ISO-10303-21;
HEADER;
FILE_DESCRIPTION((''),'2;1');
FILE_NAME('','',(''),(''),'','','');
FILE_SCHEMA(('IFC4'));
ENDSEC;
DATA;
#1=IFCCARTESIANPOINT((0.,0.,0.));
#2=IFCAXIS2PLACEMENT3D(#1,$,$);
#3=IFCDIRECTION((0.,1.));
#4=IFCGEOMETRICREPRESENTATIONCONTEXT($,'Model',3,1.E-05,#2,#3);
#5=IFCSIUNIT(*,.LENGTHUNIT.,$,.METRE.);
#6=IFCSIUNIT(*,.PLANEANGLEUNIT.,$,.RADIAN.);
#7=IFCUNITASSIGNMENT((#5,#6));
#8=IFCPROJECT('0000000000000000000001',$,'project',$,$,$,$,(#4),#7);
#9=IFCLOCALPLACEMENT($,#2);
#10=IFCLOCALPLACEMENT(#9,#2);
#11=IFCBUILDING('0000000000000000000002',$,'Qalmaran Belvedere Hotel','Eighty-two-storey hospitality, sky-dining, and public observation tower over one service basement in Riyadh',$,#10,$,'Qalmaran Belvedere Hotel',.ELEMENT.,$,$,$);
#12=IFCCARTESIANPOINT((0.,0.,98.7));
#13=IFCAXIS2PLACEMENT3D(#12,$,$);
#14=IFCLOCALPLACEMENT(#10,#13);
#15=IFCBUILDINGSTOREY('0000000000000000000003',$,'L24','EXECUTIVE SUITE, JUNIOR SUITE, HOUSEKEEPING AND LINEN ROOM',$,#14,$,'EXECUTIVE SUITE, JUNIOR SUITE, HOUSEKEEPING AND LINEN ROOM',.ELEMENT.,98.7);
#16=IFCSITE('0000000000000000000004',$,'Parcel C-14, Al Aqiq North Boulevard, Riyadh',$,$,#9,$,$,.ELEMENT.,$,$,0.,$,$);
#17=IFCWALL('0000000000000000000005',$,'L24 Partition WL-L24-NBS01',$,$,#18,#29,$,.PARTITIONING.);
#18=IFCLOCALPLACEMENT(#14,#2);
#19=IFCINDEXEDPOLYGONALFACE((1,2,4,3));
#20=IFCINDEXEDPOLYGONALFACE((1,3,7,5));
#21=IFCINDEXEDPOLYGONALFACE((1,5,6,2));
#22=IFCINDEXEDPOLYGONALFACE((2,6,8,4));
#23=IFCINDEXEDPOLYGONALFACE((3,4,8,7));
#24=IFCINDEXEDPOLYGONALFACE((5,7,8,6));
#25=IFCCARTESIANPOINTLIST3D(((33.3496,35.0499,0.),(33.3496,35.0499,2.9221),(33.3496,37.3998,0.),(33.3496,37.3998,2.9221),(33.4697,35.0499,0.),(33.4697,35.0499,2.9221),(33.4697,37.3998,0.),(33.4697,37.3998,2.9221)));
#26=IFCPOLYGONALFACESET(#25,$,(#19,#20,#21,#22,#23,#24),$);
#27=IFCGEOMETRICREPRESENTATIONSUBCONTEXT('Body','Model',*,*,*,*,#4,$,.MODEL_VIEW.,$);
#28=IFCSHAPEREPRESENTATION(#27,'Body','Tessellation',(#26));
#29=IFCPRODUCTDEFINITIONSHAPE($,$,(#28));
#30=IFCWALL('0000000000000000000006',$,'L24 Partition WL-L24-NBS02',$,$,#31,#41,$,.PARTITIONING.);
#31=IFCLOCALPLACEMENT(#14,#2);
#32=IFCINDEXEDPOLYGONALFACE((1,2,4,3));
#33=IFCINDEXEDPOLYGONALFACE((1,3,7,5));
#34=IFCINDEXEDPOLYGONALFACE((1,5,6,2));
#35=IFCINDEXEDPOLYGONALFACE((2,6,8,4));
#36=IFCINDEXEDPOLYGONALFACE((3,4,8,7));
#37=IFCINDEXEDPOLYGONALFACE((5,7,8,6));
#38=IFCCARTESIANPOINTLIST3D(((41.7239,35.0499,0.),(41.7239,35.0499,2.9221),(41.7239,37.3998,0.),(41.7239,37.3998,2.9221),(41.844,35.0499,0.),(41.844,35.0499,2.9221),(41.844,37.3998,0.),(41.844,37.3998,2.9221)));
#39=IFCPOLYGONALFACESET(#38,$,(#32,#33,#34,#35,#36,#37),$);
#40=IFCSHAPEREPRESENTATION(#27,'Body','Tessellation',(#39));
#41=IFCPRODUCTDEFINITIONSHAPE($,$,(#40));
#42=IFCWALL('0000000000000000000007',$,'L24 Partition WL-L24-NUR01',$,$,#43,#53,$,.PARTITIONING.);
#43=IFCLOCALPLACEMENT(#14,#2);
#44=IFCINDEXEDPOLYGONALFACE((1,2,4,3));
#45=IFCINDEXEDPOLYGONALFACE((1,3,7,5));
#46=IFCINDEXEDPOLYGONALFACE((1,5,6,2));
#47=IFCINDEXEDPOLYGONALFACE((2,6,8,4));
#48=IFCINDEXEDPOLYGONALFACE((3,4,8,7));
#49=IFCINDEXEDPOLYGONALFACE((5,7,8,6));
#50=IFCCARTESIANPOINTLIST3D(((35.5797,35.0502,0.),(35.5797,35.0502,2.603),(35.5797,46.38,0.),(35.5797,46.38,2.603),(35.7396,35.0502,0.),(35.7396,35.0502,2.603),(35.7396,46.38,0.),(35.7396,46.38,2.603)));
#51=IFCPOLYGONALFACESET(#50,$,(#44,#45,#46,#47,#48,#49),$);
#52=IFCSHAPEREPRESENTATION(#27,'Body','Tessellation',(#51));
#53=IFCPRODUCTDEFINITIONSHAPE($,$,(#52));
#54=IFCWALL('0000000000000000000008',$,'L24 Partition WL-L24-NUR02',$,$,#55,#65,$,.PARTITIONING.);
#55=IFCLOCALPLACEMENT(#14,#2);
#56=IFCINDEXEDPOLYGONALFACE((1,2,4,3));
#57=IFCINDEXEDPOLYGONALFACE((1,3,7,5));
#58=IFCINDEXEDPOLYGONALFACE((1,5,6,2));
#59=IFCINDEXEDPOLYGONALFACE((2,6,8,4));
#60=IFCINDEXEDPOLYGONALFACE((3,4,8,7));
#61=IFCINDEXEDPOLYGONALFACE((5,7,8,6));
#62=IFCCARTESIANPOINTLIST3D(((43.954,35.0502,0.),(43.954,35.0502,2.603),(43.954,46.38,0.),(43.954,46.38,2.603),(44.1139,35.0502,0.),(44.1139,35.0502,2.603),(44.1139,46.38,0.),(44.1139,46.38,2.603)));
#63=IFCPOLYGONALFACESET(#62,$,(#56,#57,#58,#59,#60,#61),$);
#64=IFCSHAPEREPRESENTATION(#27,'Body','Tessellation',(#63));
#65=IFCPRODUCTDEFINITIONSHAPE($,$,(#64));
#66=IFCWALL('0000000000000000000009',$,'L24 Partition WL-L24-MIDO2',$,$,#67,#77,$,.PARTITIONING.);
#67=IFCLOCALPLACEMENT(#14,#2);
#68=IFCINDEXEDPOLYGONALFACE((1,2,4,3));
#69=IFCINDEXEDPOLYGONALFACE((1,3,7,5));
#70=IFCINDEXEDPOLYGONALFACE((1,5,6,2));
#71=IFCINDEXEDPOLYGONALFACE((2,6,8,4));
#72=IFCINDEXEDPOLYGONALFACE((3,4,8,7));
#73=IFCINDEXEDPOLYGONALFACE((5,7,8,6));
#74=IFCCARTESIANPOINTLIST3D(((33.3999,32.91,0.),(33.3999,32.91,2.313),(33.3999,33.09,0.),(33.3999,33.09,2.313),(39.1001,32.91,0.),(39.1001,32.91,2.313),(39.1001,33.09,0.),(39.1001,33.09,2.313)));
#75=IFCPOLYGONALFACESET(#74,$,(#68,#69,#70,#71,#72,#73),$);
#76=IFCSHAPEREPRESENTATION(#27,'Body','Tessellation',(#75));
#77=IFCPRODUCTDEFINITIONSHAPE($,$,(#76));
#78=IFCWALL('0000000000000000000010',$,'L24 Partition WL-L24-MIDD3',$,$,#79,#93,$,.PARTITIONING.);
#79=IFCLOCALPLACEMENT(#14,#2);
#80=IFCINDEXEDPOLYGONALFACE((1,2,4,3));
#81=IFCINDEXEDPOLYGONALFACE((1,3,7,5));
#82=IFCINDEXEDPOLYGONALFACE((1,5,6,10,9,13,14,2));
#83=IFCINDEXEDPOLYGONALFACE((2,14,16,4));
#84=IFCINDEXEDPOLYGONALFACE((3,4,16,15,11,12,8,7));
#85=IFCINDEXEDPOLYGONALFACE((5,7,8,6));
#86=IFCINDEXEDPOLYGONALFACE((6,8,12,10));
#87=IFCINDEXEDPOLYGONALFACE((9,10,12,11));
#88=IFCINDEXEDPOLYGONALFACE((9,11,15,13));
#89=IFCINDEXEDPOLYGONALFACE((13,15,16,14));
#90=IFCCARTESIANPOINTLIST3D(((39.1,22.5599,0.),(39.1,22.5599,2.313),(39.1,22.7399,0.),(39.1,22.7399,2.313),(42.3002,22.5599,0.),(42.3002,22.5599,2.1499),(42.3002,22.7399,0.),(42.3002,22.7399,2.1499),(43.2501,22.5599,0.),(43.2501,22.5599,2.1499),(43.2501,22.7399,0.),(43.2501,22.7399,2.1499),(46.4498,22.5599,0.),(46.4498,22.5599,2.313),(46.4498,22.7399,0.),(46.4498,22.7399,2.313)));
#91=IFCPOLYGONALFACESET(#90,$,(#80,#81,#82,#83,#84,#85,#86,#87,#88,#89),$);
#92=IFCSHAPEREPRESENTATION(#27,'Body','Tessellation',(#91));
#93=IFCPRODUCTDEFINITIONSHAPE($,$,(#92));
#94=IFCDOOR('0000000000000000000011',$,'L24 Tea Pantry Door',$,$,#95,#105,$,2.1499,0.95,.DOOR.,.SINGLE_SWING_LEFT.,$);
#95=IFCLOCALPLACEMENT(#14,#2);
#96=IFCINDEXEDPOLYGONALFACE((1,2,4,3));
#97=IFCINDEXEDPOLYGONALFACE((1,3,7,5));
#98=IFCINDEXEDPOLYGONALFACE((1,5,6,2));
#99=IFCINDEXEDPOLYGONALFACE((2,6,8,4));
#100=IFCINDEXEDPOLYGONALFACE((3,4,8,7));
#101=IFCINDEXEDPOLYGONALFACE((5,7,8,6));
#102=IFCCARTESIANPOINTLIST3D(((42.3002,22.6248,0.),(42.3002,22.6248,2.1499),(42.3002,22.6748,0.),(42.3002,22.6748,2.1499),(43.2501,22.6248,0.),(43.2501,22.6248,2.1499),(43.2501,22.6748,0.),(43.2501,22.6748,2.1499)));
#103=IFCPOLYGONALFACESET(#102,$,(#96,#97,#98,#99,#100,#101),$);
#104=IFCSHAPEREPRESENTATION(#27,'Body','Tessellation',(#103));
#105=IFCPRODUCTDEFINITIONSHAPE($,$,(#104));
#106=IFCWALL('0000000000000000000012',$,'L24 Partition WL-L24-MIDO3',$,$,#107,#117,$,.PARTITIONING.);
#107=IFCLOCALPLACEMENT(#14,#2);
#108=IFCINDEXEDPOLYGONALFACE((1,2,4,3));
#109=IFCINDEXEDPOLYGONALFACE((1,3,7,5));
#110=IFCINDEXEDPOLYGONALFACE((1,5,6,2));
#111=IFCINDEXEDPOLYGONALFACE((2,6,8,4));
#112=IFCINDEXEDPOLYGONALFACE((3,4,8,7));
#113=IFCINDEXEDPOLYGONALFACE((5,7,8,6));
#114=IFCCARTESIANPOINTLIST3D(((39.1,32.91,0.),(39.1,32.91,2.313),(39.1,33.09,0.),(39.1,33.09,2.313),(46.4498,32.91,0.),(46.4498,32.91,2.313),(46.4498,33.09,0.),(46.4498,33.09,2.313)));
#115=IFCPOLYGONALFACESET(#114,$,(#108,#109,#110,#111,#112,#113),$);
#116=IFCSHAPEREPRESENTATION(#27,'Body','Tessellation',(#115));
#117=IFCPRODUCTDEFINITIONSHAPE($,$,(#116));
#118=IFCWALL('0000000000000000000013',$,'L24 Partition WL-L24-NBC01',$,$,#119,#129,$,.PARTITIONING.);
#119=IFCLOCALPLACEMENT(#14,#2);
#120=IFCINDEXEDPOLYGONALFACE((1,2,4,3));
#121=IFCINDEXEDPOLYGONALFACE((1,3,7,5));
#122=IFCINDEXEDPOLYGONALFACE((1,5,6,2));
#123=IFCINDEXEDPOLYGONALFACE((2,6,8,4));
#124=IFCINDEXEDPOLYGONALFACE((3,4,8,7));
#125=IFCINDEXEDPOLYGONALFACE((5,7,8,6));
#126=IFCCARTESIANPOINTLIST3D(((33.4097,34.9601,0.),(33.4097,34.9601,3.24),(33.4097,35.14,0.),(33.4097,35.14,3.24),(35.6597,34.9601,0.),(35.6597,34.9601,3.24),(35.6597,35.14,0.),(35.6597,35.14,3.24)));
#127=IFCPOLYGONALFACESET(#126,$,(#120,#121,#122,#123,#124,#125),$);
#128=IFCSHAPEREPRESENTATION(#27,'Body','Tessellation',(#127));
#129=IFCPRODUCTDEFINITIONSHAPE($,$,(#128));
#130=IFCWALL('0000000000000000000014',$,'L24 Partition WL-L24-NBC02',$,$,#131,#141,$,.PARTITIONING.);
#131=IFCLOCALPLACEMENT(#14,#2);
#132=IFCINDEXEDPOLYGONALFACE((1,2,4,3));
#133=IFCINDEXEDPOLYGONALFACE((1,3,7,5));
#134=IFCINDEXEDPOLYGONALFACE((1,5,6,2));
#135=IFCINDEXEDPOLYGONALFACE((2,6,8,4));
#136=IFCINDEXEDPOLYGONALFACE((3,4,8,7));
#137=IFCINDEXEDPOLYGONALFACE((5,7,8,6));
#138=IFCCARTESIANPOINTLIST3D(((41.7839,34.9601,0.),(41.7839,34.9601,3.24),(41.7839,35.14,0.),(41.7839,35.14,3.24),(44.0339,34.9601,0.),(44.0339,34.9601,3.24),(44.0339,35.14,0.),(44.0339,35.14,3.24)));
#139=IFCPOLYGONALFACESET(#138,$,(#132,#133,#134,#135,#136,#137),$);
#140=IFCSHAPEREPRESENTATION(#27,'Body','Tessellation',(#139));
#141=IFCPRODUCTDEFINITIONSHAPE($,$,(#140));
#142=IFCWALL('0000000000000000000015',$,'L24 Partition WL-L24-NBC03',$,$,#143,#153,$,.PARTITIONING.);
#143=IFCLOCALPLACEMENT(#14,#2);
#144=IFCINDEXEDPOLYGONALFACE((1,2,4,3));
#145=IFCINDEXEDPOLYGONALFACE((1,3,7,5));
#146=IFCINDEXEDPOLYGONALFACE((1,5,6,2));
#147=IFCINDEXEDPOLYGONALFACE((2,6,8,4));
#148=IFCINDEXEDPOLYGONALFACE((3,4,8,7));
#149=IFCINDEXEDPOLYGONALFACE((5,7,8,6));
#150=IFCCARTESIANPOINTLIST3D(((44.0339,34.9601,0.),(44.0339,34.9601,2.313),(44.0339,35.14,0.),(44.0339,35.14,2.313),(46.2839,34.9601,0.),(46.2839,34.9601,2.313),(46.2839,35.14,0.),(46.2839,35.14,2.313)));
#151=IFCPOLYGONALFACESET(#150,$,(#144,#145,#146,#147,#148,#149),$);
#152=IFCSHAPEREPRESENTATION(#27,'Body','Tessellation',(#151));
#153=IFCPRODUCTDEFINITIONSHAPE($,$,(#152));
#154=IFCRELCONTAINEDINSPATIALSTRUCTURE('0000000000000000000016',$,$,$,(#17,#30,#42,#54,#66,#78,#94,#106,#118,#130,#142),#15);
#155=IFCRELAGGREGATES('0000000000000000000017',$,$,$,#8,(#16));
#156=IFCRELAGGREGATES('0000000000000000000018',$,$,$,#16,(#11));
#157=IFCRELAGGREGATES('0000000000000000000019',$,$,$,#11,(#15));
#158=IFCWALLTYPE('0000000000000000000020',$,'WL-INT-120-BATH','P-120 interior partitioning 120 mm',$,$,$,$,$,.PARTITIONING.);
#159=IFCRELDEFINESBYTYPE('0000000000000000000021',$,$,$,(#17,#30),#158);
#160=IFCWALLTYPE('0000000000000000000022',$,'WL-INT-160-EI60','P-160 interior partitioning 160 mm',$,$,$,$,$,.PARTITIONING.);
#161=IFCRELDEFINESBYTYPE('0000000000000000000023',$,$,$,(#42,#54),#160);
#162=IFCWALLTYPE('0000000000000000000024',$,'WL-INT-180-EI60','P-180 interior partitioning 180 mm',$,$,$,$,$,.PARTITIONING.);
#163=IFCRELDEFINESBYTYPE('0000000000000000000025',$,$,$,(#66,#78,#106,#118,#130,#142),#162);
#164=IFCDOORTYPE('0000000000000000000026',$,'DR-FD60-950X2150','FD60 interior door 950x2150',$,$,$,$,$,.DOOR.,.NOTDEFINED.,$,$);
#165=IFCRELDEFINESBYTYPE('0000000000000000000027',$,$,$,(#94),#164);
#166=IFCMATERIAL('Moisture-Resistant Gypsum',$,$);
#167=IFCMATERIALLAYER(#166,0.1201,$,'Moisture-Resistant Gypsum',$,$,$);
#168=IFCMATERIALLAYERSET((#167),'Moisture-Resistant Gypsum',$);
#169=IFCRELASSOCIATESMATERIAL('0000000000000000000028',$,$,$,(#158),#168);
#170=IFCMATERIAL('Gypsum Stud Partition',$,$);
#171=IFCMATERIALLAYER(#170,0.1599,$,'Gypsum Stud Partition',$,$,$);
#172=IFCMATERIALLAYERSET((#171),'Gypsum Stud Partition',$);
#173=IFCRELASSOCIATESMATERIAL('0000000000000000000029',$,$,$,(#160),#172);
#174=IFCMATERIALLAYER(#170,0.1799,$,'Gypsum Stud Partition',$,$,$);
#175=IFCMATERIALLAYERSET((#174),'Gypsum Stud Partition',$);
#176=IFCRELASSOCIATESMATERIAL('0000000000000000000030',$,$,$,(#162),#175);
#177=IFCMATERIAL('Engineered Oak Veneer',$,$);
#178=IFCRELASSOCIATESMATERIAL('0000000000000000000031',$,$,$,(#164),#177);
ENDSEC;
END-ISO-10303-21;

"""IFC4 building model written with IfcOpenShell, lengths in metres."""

from ifc_helpers import new_model, si_unit, direction, frame, frame_2d, origin, place, context, subcontext, project, spatial, rectangle, extrude, material, layer, layer_set, type_object, element, fill, save


model = new_model("IFC4")

# Units and contexts
model_context = context("Model", 3, precision=1e-05, world=origin(), true_north=direction((0.0, 1.0)))
body_context = subcontext(model_context, "Body", "Model", "MODEL_VIEW")
ifc_project = project(units=[si_unit("LENGTHUNIT", "METRE"), si_unit("PLANEANGLEUNIT", "RADIAN")], contexts=[model_context])

# Site, building, storey
site_placement = place(None, origin())
site = spatial("IfcSite", under=ifc_project, at=site_placement, Name="Parcel C-14, Al Aqiq North Boulevard, Riyadh", CompositionType="ELEMENT", RefElevation=0.0)
building_placement = place(site_placement, origin())
building = spatial("IfcBuilding", under=site, at=building_placement, Name="Qalmaran Belvedere Hotel", Description="Eighty-two-storey hospitality, sky-dining, and public observation tower over one service basement in Riyadh", LongName="Qalmaran Belvedere Hotel", CompositionType="ELEMENT")
storey_placement = place(building_placement, frame((0.0, 0.0, 98.7)))
storey = spatial("IfcBuildingStorey", under=building, at=storey_placement, Name="L24", Description="EXECUTIVE SUITE, JUNIOR SUITE, HOUSEKEEPING AND LINEN ROOM", LongName="EXECUTIVE SUITE, JUNIOR SUITE, HOUSEKEEPING AND LINEN ROOM", CompositionType="ELEMENT", Elevation=98.7)

# Walls
ifc_material_1 = material(Name="Moisture-Resistant Gypsum")
ifc_layer_1 = layer(ifc_material_1, 0.1201, Name="Moisture-Resistant Gypsum")
ifc_layer_set_1 = layer_set([ifc_layer_1], Name="Moisture-Resistant Gypsum")
wall_type_1 = type_object("IfcWallType", Name="WL-INT-120-BATH", Description="P-120 interior partitioning 120 mm", PredefinedType="PARTITIONING", material=ifc_layer_set_1)
for number, where, z_axis, x_axis, name in (
    (1, (33.4097, 35.05, 0.0), (0.0, 0.0, 1.0), (0.0, 1.0, 0.0), "L24 Partition WL-L24-NBS01"),
    (2, (41.7839, 35.05, 0.0), (0.0, 0.0, 1.0), (0.0, 1.0, 0.0), "L24 Partition WL-L24-NBS02"),
):
    element("IfcWall", number, at=place(storey_placement, frame(where, z_axis=z_axis, x_axis=x_axis)), inside=storey, type_object=wall_type_1, Name=name, PredefinedType="PARTITIONING", context=body_context, shape_type="SweptSolid", body=[
        extrude(rectangle(XDim=2.3499, YDim=0.1201, at=frame_2d((1.1748, 0.0))), origin(), (0.0, 0.0, 1.0), 2.9221),
    ])
ifc_material_2 = material(Name="Gypsum Stud Partition")
ifc_layer_2 = layer(ifc_material_2, 0.1599, Name="Gypsum Stud Partition")
ifc_layer_set_2 = layer_set([ifc_layer_2], Name="Gypsum Stud Partition")
wall_type_2 = type_object("IfcWallType", Name="WL-INT-160-EI60", Description="P-160 interior partitioning 160 mm", PredefinedType="PARTITIONING", material=ifc_layer_set_2)
for number, where, z_axis, x_axis, name in (
    (3, (35.6597, 35.05, 0.0), (0.0, 0.0, 1.0), (0.0, 1.0, 0.0), "L24 Partition WL-L24-NUR01"),
    (4, (44.0339, 35.05, 0.0), (0.0, 0.0, 1.0), (0.0, 1.0, 0.0), "L24 Partition WL-L24-NUR02"),
):
    element("IfcWall", number, at=place(storey_placement, frame(where, z_axis=z_axis, x_axis=x_axis)), inside=storey, type_object=wall_type_2, Name=name, PredefinedType="PARTITIONING", context=body_context, shape_type="SweptSolid", body=[
        extrude(rectangle(XDim=11.3298, YDim=0.1599, at=frame_2d((5.665, 0.0))), origin(), (0.0, 0.0, 1.0), 2.603),
    ])
ifc_layer_3 = layer(ifc_material_2, 0.1799, Name="Gypsum Stud Partition")
ifc_layer_set_3 = layer_set([ifc_layer_3], Name="Gypsum Stud Partition")
wall_type_3 = type_object("IfcWallType", Name="WL-INT-180-EI60", Description="P-180 interior partitioning 180 mm", PredefinedType="PARTITIONING", material=ifc_layer_set_3)
wall_1_placement = place(storey_placement, frame((33.3999, 33.0, 0.0), z_axis=(0.0, 0.0, 1.0), x_axis=(1.0, 0.0, 0.0)))
element("IfcWall", 5, at=wall_1_placement, inside=storey, type_object=wall_type_3, Name="L24 Partition WL-L24-MIDO2", PredefinedType="PARTITIONING", context=body_context, shape_type="SweptSolid", body=[
    extrude(rectangle(XDim=5.7002, YDim=0.1799, at=frame_2d((2.8501, 0.0))), origin(), (0.0, 0.0, 1.0), 2.313),
])

# Wall, opening, door
wall_2_placement = place(storey_placement, frame((39.1001, 22.6499, 0.0), z_axis=(0.0, 0.0, 1.0), x_axis=(1.0, 0.0, 0.0)))
wall_2 = element("IfcWall", 6, at=wall_2_placement, inside=storey, type_object=wall_type_3, Name="L24 Partition WL-L24-MIDD3", PredefinedType="PARTITIONING", context=body_context, shape_type="SweptSolid", body=[
    extrude(rectangle(XDim=7.3499, YDim=0.1799, at=frame_2d((3.6748, 0.0))), origin(), (0.0, 0.0, 1.0), 2.313),
])
opening_1_placement = place(wall_2_placement, frame((3.2, 0.0, 0.0)))
opening_1 = element("IfcOpeningElement", 7, at=opening_1_placement, cuts=wall_2, PredefinedType="OPENING", context=body_context, shape_type="SweptSolid", body=[
    extrude(rectangle(XDim=0.95, YDim=2.1499, at=frame_2d((0.4751, 1.075))), frame((0.0, 0.1001, 0.0), z_axis=(0.0, -1.0, 0.0), x_axis=(1.0, 0.0, 0.0)), (0.0, 0.0, 1.0), 0.2),
])
ifc_material_3 = material(Name="Engineered Oak Veneer")
door_type = type_object("IfcDoorType", Name="DR-FD60-950X2150", Description="FD60 interior door 950x2150", OperationType="NOTDEFINED", PredefinedType="DOOR", material=ifc_material_3)
door_1_placement = place(opening_1_placement, origin())
door_1 = element("IfcDoor", 8, at=door_1_placement, inside=storey, type_object=door_type, Name="L24 Tea Pantry Door", OperationType="SINGLE_SWING_LEFT", OverallHeight=2.1499, OverallWidth=0.95, PredefinedType="DOOR", context=body_context, shape_type="SweptSolid", body=[
    extrude(rectangle(XDim=0.95, YDim=2.1499, at=frame_2d((0.4751, 1.075))), frame((0.0, 0.0249, 0.0), z_axis=(0.0, -1.0, 0.0), x_axis=(1.0, 0.0, 0.0)), (0.0, 0.0, 1.0), 0.05),
])
fill(opening_1, door_1)

# Walls
wall_3_placement = place(storey_placement, frame((39.1001, 33.0, 0.0), z_axis=(0.0, 0.0, 1.0), x_axis=(1.0, 0.0, 0.0)))
element("IfcWall", 9, at=wall_3_placement, inside=storey, type_object=wall_type_3, Name="L24 Partition WL-L24-MIDO3", PredefinedType="PARTITIONING", context=body_context, shape_type="SweptSolid", body=[
    extrude(rectangle(XDim=7.3499, YDim=0.1799, at=frame_2d((3.6748, 0.0))), origin(), (0.0, 0.0, 1.0), 2.313),
])
for number, where, z_axis, x_axis, name in (
    (10, (33.4097, 35.05, 0.0), (0.0, 0.0, 1.0), (1.0, 0.0, 0.0), "L24 Partition WL-L24-NBC01"),
    (11, (41.7839, 35.05, 0.0), (0.0, 0.0, 1.0), (1.0, 0.0, 0.0), "L24 Partition WL-L24-NBC02"),
):
    element("IfcWall", number, at=place(storey_placement, frame(where, z_axis=z_axis, x_axis=x_axis)), inside=storey, type_object=wall_type_3, Name=name, PredefinedType="PARTITIONING", context=body_context, shape_type="SweptSolid", body=[
        extrude(rectangle(XDim=2.25, YDim=0.1799, at=frame_2d((1.125, 0.0))), origin(), (0.0, 0.0, 1.0), 3.24),
    ])

# Wall
wall_4_placement = place(storey_placement, frame((44.0339, 35.05, 0.0), z_axis=(0.0, 0.0, 1.0), x_axis=(1.0, 0.0, 0.0)))
element("IfcWall", 12, at=wall_4_placement, inside=storey, type_object=wall_type_3, Name="L24 Partition WL-L24-NBC03", PredefinedType="PARTITIONING", context=body_context, shape_type="SweptSolid", body=[
    extrude(rectangle(XDim=2.25, YDim=0.1799, at=frame_2d((1.125, 0.0))), origin(), (0.0, 0.0, 1.0), 2.313),
])

save(model, "model.ifc")
